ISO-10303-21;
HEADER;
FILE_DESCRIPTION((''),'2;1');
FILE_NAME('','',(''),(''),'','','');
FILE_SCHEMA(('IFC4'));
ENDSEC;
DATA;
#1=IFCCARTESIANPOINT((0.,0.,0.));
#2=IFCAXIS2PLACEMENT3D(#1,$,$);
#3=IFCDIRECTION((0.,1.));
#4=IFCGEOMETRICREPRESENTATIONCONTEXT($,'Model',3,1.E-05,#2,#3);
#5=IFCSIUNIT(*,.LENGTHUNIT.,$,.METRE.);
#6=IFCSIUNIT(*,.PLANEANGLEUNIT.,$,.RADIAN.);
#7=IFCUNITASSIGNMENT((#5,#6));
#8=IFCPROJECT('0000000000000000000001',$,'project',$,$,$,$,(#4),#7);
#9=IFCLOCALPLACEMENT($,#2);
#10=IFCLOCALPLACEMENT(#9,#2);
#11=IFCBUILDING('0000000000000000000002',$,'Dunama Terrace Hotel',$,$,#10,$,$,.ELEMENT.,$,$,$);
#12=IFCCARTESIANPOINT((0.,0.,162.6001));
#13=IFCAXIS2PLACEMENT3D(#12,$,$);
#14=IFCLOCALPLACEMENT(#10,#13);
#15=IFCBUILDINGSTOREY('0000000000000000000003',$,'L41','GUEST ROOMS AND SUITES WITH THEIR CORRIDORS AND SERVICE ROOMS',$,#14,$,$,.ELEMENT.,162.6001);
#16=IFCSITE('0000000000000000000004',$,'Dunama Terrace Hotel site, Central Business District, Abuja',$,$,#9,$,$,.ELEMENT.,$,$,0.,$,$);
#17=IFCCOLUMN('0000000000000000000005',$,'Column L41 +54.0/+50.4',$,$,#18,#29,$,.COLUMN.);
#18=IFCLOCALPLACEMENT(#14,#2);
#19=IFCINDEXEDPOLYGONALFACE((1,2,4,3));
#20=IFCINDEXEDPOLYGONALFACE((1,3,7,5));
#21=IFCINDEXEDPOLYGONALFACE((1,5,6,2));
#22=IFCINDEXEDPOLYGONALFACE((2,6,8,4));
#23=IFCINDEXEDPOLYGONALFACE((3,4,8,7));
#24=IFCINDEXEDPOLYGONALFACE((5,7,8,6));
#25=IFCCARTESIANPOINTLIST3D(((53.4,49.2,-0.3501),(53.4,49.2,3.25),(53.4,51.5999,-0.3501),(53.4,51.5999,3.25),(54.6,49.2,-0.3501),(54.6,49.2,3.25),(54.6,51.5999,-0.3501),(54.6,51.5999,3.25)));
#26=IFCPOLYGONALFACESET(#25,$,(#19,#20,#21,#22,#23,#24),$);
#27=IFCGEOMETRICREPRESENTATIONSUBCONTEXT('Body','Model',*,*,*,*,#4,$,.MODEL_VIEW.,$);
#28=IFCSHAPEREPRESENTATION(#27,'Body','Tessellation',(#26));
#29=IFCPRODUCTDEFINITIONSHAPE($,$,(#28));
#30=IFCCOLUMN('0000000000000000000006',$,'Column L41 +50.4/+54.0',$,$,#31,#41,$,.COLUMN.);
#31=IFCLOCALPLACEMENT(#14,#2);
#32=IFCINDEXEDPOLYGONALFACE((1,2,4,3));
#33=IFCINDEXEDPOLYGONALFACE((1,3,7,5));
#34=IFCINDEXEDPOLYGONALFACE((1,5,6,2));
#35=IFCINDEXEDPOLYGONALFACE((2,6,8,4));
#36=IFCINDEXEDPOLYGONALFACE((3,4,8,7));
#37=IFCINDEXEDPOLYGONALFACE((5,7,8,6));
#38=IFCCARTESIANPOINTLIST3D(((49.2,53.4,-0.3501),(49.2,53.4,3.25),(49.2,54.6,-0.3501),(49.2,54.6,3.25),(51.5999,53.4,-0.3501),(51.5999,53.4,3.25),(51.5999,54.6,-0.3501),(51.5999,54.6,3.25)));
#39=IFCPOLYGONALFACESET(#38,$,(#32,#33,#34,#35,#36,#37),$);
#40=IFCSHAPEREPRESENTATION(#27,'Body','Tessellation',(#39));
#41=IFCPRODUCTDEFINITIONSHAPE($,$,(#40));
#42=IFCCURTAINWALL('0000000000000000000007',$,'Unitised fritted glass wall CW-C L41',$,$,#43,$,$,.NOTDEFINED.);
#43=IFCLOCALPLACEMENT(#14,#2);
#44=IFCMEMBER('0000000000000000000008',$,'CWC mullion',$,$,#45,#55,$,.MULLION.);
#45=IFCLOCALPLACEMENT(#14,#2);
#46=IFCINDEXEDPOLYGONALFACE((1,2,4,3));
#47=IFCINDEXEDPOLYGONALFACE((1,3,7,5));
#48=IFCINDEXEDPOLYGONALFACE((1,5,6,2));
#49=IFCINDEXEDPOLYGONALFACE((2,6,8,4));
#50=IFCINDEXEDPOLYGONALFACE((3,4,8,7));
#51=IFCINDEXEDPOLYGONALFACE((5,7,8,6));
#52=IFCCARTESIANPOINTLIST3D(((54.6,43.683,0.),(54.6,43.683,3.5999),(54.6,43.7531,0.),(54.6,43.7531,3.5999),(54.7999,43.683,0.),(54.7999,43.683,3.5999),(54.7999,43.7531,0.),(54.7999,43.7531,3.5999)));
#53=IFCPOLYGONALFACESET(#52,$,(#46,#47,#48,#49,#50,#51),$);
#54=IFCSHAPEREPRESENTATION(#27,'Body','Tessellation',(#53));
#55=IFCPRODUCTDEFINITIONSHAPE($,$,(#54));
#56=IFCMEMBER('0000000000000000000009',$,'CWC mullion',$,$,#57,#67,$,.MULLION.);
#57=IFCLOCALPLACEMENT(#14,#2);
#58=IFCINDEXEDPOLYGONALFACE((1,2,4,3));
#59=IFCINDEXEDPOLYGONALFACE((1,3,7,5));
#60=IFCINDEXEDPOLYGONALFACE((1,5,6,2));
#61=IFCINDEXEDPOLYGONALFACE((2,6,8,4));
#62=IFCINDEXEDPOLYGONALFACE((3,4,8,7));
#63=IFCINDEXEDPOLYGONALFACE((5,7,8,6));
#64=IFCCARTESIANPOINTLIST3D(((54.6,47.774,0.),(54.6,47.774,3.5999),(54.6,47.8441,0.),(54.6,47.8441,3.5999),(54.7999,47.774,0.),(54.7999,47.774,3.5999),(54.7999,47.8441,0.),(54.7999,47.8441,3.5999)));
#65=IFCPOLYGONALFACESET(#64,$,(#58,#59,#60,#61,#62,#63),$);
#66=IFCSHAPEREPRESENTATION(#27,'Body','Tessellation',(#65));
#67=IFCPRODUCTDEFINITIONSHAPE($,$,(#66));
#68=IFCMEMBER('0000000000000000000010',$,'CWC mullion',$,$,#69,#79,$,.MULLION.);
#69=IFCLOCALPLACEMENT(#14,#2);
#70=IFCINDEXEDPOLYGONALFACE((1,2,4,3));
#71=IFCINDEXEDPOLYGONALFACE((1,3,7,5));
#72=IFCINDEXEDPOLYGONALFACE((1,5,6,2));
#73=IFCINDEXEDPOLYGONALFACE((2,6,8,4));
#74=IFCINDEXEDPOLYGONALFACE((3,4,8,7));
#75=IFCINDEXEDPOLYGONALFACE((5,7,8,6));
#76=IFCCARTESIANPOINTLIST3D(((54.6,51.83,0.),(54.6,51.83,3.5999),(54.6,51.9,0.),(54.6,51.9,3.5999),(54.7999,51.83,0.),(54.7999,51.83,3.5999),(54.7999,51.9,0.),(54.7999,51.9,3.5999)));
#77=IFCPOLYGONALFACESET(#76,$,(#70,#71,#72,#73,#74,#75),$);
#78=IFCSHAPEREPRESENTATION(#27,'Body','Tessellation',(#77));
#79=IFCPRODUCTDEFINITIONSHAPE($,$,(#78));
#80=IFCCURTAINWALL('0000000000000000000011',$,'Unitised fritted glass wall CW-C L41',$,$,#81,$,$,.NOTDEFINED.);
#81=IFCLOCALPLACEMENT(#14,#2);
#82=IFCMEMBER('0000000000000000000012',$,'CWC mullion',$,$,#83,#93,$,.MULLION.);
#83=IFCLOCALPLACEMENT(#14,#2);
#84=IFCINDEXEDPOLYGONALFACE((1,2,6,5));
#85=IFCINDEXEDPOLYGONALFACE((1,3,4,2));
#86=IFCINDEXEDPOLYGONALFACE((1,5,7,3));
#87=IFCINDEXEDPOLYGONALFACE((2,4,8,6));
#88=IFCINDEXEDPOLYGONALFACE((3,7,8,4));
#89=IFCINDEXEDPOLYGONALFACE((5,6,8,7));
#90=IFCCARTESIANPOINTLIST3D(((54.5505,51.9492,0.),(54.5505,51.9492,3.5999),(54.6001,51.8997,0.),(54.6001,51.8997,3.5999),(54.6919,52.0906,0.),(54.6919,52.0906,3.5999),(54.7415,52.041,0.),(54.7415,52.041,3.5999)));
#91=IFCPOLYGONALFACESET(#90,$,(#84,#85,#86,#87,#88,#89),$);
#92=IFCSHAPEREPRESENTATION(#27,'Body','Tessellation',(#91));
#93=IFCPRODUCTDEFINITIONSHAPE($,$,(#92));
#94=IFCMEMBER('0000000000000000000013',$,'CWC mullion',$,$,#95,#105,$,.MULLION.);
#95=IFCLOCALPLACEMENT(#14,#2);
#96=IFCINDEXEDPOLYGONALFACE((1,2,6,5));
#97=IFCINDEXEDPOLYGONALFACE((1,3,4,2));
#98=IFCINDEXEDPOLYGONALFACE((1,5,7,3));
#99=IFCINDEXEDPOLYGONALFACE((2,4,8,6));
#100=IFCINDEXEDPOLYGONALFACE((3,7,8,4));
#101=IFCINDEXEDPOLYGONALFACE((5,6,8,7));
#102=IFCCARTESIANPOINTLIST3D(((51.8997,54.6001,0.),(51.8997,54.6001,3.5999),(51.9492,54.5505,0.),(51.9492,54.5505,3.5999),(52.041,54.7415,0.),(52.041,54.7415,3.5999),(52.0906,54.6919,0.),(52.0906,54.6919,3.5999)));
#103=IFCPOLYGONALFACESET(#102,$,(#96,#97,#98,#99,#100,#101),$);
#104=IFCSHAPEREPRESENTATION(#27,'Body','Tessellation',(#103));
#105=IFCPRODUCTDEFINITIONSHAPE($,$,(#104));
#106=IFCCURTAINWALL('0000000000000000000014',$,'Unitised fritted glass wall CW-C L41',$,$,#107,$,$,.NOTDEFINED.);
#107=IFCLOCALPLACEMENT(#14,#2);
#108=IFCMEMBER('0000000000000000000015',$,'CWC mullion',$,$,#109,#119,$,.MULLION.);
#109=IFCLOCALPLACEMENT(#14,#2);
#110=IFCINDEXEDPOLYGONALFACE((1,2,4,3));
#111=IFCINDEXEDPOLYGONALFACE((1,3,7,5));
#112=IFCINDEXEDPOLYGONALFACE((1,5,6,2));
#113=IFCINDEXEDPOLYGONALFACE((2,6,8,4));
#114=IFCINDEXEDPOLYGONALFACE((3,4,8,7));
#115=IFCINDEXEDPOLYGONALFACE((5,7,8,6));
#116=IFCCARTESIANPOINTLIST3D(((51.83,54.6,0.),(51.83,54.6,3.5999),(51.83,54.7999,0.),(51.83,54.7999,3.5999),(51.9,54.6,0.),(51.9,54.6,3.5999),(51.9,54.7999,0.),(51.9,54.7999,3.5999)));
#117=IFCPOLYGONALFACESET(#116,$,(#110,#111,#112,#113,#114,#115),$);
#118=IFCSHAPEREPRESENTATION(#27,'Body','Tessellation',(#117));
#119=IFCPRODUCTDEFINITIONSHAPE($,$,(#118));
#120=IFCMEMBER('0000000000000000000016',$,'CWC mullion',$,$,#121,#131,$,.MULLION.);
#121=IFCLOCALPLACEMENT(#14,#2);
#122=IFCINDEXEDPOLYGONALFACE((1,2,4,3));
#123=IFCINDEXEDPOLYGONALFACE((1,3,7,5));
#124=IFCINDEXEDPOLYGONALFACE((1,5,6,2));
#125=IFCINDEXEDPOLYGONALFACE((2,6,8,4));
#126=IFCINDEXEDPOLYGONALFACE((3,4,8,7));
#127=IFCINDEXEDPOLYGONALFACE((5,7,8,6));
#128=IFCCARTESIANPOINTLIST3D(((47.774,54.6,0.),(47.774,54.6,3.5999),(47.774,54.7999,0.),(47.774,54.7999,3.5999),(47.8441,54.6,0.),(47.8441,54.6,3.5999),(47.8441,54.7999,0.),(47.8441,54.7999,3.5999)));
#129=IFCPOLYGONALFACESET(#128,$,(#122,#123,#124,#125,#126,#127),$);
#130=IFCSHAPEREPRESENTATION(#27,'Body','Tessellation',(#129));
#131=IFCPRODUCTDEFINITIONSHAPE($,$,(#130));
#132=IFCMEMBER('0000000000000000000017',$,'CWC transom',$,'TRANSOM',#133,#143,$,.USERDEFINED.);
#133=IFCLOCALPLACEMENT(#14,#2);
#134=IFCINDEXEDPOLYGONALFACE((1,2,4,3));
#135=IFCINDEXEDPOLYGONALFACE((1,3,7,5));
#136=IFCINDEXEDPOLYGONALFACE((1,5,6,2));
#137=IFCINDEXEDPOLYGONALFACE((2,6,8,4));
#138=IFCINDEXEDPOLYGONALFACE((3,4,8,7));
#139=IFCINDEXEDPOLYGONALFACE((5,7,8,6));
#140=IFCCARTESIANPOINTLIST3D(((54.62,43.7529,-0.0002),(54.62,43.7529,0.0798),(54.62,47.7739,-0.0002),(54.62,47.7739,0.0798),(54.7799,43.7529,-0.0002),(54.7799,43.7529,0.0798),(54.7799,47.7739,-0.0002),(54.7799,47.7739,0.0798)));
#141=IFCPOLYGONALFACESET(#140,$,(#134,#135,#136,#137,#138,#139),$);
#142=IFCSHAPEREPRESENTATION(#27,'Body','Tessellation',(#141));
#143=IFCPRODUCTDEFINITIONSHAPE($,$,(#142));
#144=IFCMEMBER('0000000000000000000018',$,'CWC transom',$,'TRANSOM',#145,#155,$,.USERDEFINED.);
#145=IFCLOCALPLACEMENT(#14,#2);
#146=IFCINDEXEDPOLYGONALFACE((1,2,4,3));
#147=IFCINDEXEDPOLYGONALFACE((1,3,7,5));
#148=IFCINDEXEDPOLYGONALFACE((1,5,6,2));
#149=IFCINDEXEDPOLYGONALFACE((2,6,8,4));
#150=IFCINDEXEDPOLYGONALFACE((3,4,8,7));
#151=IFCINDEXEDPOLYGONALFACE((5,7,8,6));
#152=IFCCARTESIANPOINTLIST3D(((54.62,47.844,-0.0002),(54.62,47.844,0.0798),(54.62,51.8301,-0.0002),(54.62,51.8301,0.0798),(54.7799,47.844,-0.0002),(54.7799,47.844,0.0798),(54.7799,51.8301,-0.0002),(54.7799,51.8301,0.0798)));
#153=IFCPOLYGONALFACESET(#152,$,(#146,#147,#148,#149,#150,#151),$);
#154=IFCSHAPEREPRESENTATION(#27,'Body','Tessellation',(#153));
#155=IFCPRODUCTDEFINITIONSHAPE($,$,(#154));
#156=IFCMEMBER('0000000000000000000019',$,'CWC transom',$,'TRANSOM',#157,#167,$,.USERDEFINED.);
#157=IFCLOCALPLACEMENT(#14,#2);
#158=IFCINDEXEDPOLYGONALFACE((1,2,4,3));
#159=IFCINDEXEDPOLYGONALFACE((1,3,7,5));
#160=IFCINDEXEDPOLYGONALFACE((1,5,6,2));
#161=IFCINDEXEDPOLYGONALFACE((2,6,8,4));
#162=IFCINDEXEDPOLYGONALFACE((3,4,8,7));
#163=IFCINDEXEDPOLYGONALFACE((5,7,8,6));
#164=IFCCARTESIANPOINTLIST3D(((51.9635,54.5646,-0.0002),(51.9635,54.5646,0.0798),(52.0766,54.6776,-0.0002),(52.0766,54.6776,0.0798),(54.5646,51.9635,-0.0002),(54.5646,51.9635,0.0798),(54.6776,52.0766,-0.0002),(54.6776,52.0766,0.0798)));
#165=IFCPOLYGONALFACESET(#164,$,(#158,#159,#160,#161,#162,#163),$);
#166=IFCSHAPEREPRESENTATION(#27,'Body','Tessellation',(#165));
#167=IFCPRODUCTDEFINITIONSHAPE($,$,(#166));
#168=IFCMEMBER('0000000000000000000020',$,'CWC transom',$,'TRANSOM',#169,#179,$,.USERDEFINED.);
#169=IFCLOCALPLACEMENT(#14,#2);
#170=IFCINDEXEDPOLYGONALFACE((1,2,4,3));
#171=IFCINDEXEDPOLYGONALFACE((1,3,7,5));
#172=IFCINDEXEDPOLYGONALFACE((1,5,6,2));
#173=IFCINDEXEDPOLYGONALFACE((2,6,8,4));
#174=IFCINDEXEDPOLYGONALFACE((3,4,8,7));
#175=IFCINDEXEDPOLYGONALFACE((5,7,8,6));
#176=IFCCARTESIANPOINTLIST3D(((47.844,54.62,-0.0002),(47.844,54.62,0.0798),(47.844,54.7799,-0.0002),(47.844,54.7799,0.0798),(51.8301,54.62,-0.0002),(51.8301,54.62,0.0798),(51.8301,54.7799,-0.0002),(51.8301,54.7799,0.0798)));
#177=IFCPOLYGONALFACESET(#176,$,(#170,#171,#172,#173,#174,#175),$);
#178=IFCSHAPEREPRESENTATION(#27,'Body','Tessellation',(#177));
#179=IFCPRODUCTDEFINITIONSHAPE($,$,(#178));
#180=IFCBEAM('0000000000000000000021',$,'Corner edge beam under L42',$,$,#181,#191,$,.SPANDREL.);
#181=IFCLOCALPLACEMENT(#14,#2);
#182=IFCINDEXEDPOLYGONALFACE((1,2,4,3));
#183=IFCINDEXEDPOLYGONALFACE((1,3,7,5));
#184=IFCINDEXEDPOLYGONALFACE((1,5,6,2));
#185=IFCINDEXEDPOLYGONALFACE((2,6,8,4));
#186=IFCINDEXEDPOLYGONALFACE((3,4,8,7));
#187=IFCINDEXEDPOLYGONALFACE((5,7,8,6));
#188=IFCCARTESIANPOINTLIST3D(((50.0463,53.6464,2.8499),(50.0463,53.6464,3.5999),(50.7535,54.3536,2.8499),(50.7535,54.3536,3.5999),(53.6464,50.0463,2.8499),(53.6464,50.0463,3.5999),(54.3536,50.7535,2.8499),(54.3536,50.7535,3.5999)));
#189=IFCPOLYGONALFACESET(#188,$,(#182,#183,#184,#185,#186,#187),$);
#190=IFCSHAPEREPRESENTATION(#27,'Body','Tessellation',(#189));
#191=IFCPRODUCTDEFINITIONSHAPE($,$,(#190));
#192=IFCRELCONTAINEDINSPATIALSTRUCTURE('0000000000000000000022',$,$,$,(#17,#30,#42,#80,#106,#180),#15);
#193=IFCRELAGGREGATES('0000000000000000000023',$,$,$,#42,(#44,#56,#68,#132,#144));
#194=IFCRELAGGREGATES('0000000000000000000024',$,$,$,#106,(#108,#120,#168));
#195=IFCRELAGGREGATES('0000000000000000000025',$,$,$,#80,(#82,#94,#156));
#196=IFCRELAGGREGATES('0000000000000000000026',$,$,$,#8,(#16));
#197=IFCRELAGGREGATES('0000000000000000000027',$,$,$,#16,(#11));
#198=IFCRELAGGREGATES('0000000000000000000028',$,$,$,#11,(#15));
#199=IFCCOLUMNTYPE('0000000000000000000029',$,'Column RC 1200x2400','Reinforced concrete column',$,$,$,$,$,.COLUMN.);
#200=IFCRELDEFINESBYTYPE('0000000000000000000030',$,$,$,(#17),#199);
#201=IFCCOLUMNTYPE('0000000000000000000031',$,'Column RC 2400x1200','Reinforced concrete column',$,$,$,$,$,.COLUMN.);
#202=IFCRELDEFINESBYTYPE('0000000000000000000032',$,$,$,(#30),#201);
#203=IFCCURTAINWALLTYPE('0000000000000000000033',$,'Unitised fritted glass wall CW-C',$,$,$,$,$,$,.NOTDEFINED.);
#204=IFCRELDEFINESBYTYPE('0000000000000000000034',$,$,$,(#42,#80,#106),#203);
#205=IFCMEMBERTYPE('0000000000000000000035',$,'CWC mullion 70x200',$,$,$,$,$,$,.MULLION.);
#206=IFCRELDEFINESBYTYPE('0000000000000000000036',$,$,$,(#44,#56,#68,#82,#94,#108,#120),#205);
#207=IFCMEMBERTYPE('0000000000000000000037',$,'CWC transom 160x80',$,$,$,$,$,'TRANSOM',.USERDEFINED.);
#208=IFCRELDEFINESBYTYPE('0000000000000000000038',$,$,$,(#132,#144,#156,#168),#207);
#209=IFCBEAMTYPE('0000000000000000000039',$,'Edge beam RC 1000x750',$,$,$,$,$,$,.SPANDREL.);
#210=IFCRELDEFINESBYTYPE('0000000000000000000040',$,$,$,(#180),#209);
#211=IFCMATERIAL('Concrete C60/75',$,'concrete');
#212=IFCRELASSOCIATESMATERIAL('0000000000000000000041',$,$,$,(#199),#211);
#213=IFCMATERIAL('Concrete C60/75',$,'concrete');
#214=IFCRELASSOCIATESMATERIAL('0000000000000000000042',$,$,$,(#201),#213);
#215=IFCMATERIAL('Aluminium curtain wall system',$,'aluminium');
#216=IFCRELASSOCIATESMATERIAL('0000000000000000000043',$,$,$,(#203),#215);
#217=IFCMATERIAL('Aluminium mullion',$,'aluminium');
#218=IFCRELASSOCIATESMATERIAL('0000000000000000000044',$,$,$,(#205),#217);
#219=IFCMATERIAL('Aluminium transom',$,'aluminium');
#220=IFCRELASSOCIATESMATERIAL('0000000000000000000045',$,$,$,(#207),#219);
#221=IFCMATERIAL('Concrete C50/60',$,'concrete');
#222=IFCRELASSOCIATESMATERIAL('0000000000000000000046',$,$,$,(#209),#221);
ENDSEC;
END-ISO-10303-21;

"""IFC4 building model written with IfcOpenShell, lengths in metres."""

from ifc_helpers import new_model, si_unit, direction, frame, origin, origin_2d, place, context, subcontext, project, spatial, rectangle, extrude, material, material_profile, profile_set, type_object, element, aggregate, save


model = new_model("IFC4")

# Units and contexts
model_context = context("Model", 3, precision=1e-05, world=origin(), true_north=direction((0.0, 1.0)))
body_context = subcontext(model_context, "Body", "Model", "MODEL_VIEW")
ifc_project = project(units=[si_unit("LENGTHUNIT", "METRE"), si_unit("PLANEANGLEUNIT", "RADIAN")], contexts=[model_context])

# Site, building, storey
site_placement = place(None, origin())
site = spatial("IfcSite", under=ifc_project, at=site_placement, Name="Dunama Terrace Hotel site, Central Business District, Abuja", CompositionType="ELEMENT", RefElevation=0.0)
building_placement = place(site_placement, origin())
building = spatial("IfcBuilding", under=site, at=building_placement, Name="Dunama Terrace Hotel", CompositionType="ELEMENT")
storey_placement = place(building_placement, frame((0.0, 0.0, 162.6001)))
storey = spatial("IfcBuildingStorey", under=building, at=storey_placement, Name="L41", Description="GUEST ROOMS AND SUITES WITH THEIR CORRIDORS AND SERVICE ROOMS", CompositionType="ELEMENT", Elevation=162.6001)

# Columns
ifc_material_1 = material(Name="Concrete C60/75", Category="concrete")
ifc_material_profile_1 = material_profile(ifc_material_1, rectangle(XDim=1.2, YDim=2.3999, at=origin_2d()), Name="RC 1200x2400")
ifc_profile_set_1 = profile_set([ifc_material_profile_1], Name="Concrete C60/75")
column_type_1 = type_object("IfcColumnType", Name="Column RC 1200x2400", Description="Reinforced concrete column", PredefinedType="COLUMN", material=ifc_profile_set_1)
column_1_placement = place(storey_placement, frame((54.0, 50.3999, -0.3501), z_axis=(0.0, 0.0, 1.0), x_axis=(1.0, 0.0, 0.0)))
element("IfcColumn", 1, at=column_1_placement, inside=storey, type_object=column_type_1, Name="Column L41 +54.0/+50.4", PredefinedType="COLUMN", context=body_context, shape_type="SweptSolid", body=[
    extrude(rectangle(XDim=1.2, YDim=2.3999, at=origin_2d()), origin(), (0.0, 0.0, 1.0), 3.6001),
])
ifc_material_2 = material(Name="Concrete C60/75", Category="concrete")
ifc_material_profile_2 = material_profile(ifc_material_2, rectangle(XDim=2.3999, YDim=1.2, at=origin_2d()), Name="RC 2400x1200")
ifc_profile_set_2 = profile_set([ifc_material_profile_2], Name="Concrete C60/75")
column_type_2 = type_object("IfcColumnType", Name="Column RC 2400x1200", Description="Reinforced concrete column", PredefinedType="COLUMN", material=ifc_profile_set_2)
column_2_placement = place(storey_placement, frame((50.3999, 54.0, -0.3501), z_axis=(0.0, 0.0, 1.0), x_axis=(1.0, 0.0, 0.0)))
element("IfcColumn", 2, at=column_2_placement, inside=storey, type_object=column_type_2, Name="Column L41 +50.4/+54.0", PredefinedType="COLUMN", context=body_context, shape_type="SweptSolid", body=[
    extrude(rectangle(XDim=2.3999, YDim=1.2, at=origin_2d()), origin(), (0.0, 0.0, 1.0), 3.6001),
])

# Curtain walls, members
ifc_material_3 = material(Name="Aluminium curtain wall system", Category="aluminium")
curtain_wall_type = type_object("IfcCurtainWallType", Name="Unitised fritted glass wall CW-C", PredefinedType="NOTDEFINED", material=ifc_material_3)
curtain_wall_1_placement = place(storey_placement, origin())
curtain_wall_1 = element("IfcCurtainWall", 3, at=curtain_wall_1_placement, inside=storey, type_object=curtain_wall_type, Name="Unitised fritted glass wall CW-C L41", PredefinedType="NOTDEFINED")
ifc_material_4 = material(Name="Aluminium mullion", Category="aluminium")
ifc_material_profile_3 = material_profile(ifc_material_4, rectangle(XDim=0.0701, YDim=0.2, at=origin_2d()), Name="CWC MULLION 70X200")
ifc_profile_set_3 = profile_set([ifc_material_profile_3], Name="Aluminium mullion")
member_type_1 = type_object("IfcMemberType", Name="CWC mullion 70x200", PredefinedType="MULLION", material=ifc_profile_set_3)
member_1_placement = place(storey_placement, frame((54.7, 43.718, 0.0), z_axis=(0.0, 0.0, 1.0), x_axis=(0.0, 1.0, 0.0)))
member_1 = element("IfcMember", 4, at=member_1_placement, type_object=member_type_1, Name="CWC mullion", PredefinedType="MULLION", context=body_context, shape_type="SweptSolid", body=[
    extrude(rectangle(XDim=0.0701, YDim=0.2, at=origin_2d()), origin(), (0.0, 0.0, 1.0), 3.5999),
])
member_2_placement = place(storey_placement, frame((54.7, 47.8091, 0.0), z_axis=(0.0, 0.0, 1.0), x_axis=(0.0, 1.0, 0.0)))
member_2 = element("IfcMember", 5, at=member_2_placement, type_object=member_type_1, Name="CWC mullion", PredefinedType="MULLION", context=body_context, shape_type="SweptSolid", body=[
    extrude(rectangle(XDim=0.0701, YDim=0.2, at=origin_2d()), origin(), (0.0, 0.0, 1.0), 3.5999),
])
member_3_placement = place(storey_placement, frame((54.7, 51.865, 0.0), z_axis=(0.0, 0.0, 1.0), x_axis=(0.0, 1.0, 0.0)))
member_3 = element("IfcMember", 6, at=member_3_placement, type_object=member_type_1, Name="CWC mullion", PredefinedType="MULLION", context=body_context, shape_type="SweptSolid", body=[
    extrude(rectangle(XDim=0.0701, YDim=0.2, at=origin_2d()), origin(), (0.0, 0.0, 1.0), 3.5999),
])
curtain_wall_2_placement = place(storey_placement, origin())
curtain_wall_2 = element("IfcCurtainWall", 7, at=curtain_wall_2_placement, inside=storey, type_object=curtain_wall_type, Name="Unitised fritted glass wall CW-C L41", PredefinedType="NOTDEFINED")
member_4_placement = place(storey_placement, frame((54.646, 51.9951, 0.0), z_axis=(0.0, 0.0, 1.0), x_axis=(-0.707107, 0.707107, 0.0)))
member_4 = element("IfcMember", 8, at=member_4_placement, type_object=member_type_1, Name="CWC mullion", PredefinedType="MULLION", context=body_context, shape_type="SweptSolid", body=[
    extrude(rectangle(XDim=0.0701, YDim=0.2, at=origin_2d()), origin(), (0.0, 0.0, 1.0), 3.5999),
])
member_5_placement = place(storey_placement, frame((51.9951, 54.646, 0.0), z_axis=(0.0, 0.0, 1.0), x_axis=(-0.707107, 0.707107, 0.0)))
member_5 = element("IfcMember", 9, at=member_5_placement, type_object=member_type_1, Name="CWC mullion", PredefinedType="MULLION", context=body_context, shape_type="SweptSolid", body=[
    extrude(rectangle(XDim=0.0701, YDim=0.2, at=origin_2d()), origin(), (0.0, 0.0, 1.0), 3.5999),
])
curtain_wall_3_placement = place(storey_placement, origin())
curtain_wall_3 = element("IfcCurtainWall", 10, at=curtain_wall_3_placement, inside=storey, type_object=curtain_wall_type, Name="Unitised fritted glass wall CW-C L41", PredefinedType="NOTDEFINED")
member_6_placement = place(storey_placement, frame((51.865, 54.7, 0.0), z_axis=(0.0, 0.0, 1.0), x_axis=(-1.0, 0.0, 0.0)))
member_6 = element("IfcMember", 11, at=member_6_placement, type_object=member_type_1, Name="CWC mullion", PredefinedType="MULLION", context=body_context, shape_type="SweptSolid", body=[
    extrude(rectangle(XDim=0.0701, YDim=0.2, at=origin_2d()), origin(), (0.0, 0.0, 1.0), 3.5999),
])
member_7_placement = place(storey_placement, frame((47.8091, 54.7, 0.0), z_axis=(0.0, 0.0, 1.0), x_axis=(-1.0, 0.0, 0.0)))
member_7 = element("IfcMember", 12, at=member_7_placement, type_object=member_type_1, Name="CWC mullion", PredefinedType="MULLION", context=body_context, shape_type="SweptSolid", body=[
    extrude(rectangle(XDim=0.0701, YDim=0.2, at=origin_2d()), origin(), (0.0, 0.0, 1.0), 3.5999),
])

# Members
ifc_material_5 = material(Name="Aluminium transom", Category="aluminium")
ifc_material_profile_4 = material_profile(ifc_material_5, rectangle(XDim=0.1599, YDim=0.0801, at=origin_2d()), Name="CWC TRANSOM 160X80")
ifc_profile_set_4 = profile_set([ifc_material_profile_4], Name="Aluminium transom")
member_type_2 = type_object("IfcMemberType", Name="CWC transom 160x80", ElementType="TRANSOM", PredefinedType="USERDEFINED", material=ifc_profile_set_4)
member_8_placement = place(storey_placement, frame((54.7, 43.7529, 0.0398), z_axis=(0.0, 1.0, 0.0), x_axis=(-1.0, 0.0, 0.0)))
member_8 = element("IfcMember", 13, at=member_8_placement, type_object=member_type_2, Name="CWC transom", ObjectType="TRANSOM", PredefinedType="USERDEFINED", context=body_context, shape_type="SweptSolid", body=[
    extrude(rectangle(XDim=0.1599, YDim=0.0801, at=origin_2d()), origin(), (0.0, 0.0, 1.0), 4.021),
])
member_9_placement = place(storey_placement, frame((54.7, 47.844, 0.0398), z_axis=(0.0, 1.0, 0.0), x_axis=(-1.0, 0.0, 0.0)))
member_9 = element("IfcMember", 14, at=member_9_placement, type_object=member_type_2, Name="CWC transom", ObjectType="TRANSOM", PredefinedType="USERDEFINED", context=body_context, shape_type="SweptSolid", body=[
    extrude(rectangle(XDim=0.1599, YDim=0.0801, at=origin_2d()), origin(), (0.0, 0.0, 1.0), 3.9861),
])
member_10_placement = place(storey_placement, frame((54.6211, 52.02, 0.0398), z_axis=(-0.707107, 0.707107, 0.0), x_axis=(-0.707107, -0.707107, 0.0)))
member_10 = element("IfcMember", 15, at=member_10_placement, type_object=member_type_2, Name="CWC transom", ObjectType="TRANSOM", PredefinedType="USERDEFINED", context=body_context, shape_type="SweptSolid", body=[
    extrude(rectangle(XDim=0.1599, YDim=0.0801, at=origin_2d()), origin(), (0.0, 0.0, 1.0), 3.6785),
])
member_11_placement = place(storey_placement, frame((51.8301, 54.7, 0.0398), z_axis=(-1.0, 0.0, 0.0), x_axis=(0.0, -1.0, 0.0)))
member_11 = element("IfcMember", 16, at=member_11_placement, type_object=member_type_2, Name="CWC transom", ObjectType="TRANSOM", PredefinedType="USERDEFINED", context=body_context, shape_type="SweptSolid", body=[
    extrude(rectangle(XDim=0.1599, YDim=0.0801, at=origin_2d()), origin(), (0.0, 0.0, 1.0), 3.9861),
])

# Beam
ifc_material_6 = material(Name="Concrete C50/60", Category="concrete")
ifc_material_profile_5 = material_profile(ifc_material_6, rectangle(XDim=1.0, YDim=0.75, at=origin_2d()), Name="RC 1000x750")
ifc_profile_set_5 = profile_set([ifc_material_profile_5], Name="Concrete C50/60")
beam_type = type_object("IfcBeamType", Name="Edge beam RC 1000x750", PredefinedType="SPANDREL", material=ifc_profile_set_5)
beam_placement = place(storey_placement, frame((50.3999, 54.0, 3.2249), z_axis=(0.707107, -0.707107, 0.0), x_axis=(0.707107, 0.707107, 0.0)))
element("IfcBeam", 17, at=beam_placement, inside=storey, type_object=beam_type, Name="Corner edge beam under L42", PredefinedType="SPANDREL", context=body_context, shape_type="SweptSolid", body=[
    extrude(rectangle(XDim=1.0, YDim=0.75, at=origin_2d()), origin(), (0.0, 0.0, 1.0), 5.0913),
])

aggregate(curtain_wall_1, [member_1, member_2, member_3, member_8, member_9])
aggregate(curtain_wall_3, [member_6, member_7, member_11])
aggregate(curtain_wall_2, [member_4, member_5, member_10])

save(model, "model.ifc")
